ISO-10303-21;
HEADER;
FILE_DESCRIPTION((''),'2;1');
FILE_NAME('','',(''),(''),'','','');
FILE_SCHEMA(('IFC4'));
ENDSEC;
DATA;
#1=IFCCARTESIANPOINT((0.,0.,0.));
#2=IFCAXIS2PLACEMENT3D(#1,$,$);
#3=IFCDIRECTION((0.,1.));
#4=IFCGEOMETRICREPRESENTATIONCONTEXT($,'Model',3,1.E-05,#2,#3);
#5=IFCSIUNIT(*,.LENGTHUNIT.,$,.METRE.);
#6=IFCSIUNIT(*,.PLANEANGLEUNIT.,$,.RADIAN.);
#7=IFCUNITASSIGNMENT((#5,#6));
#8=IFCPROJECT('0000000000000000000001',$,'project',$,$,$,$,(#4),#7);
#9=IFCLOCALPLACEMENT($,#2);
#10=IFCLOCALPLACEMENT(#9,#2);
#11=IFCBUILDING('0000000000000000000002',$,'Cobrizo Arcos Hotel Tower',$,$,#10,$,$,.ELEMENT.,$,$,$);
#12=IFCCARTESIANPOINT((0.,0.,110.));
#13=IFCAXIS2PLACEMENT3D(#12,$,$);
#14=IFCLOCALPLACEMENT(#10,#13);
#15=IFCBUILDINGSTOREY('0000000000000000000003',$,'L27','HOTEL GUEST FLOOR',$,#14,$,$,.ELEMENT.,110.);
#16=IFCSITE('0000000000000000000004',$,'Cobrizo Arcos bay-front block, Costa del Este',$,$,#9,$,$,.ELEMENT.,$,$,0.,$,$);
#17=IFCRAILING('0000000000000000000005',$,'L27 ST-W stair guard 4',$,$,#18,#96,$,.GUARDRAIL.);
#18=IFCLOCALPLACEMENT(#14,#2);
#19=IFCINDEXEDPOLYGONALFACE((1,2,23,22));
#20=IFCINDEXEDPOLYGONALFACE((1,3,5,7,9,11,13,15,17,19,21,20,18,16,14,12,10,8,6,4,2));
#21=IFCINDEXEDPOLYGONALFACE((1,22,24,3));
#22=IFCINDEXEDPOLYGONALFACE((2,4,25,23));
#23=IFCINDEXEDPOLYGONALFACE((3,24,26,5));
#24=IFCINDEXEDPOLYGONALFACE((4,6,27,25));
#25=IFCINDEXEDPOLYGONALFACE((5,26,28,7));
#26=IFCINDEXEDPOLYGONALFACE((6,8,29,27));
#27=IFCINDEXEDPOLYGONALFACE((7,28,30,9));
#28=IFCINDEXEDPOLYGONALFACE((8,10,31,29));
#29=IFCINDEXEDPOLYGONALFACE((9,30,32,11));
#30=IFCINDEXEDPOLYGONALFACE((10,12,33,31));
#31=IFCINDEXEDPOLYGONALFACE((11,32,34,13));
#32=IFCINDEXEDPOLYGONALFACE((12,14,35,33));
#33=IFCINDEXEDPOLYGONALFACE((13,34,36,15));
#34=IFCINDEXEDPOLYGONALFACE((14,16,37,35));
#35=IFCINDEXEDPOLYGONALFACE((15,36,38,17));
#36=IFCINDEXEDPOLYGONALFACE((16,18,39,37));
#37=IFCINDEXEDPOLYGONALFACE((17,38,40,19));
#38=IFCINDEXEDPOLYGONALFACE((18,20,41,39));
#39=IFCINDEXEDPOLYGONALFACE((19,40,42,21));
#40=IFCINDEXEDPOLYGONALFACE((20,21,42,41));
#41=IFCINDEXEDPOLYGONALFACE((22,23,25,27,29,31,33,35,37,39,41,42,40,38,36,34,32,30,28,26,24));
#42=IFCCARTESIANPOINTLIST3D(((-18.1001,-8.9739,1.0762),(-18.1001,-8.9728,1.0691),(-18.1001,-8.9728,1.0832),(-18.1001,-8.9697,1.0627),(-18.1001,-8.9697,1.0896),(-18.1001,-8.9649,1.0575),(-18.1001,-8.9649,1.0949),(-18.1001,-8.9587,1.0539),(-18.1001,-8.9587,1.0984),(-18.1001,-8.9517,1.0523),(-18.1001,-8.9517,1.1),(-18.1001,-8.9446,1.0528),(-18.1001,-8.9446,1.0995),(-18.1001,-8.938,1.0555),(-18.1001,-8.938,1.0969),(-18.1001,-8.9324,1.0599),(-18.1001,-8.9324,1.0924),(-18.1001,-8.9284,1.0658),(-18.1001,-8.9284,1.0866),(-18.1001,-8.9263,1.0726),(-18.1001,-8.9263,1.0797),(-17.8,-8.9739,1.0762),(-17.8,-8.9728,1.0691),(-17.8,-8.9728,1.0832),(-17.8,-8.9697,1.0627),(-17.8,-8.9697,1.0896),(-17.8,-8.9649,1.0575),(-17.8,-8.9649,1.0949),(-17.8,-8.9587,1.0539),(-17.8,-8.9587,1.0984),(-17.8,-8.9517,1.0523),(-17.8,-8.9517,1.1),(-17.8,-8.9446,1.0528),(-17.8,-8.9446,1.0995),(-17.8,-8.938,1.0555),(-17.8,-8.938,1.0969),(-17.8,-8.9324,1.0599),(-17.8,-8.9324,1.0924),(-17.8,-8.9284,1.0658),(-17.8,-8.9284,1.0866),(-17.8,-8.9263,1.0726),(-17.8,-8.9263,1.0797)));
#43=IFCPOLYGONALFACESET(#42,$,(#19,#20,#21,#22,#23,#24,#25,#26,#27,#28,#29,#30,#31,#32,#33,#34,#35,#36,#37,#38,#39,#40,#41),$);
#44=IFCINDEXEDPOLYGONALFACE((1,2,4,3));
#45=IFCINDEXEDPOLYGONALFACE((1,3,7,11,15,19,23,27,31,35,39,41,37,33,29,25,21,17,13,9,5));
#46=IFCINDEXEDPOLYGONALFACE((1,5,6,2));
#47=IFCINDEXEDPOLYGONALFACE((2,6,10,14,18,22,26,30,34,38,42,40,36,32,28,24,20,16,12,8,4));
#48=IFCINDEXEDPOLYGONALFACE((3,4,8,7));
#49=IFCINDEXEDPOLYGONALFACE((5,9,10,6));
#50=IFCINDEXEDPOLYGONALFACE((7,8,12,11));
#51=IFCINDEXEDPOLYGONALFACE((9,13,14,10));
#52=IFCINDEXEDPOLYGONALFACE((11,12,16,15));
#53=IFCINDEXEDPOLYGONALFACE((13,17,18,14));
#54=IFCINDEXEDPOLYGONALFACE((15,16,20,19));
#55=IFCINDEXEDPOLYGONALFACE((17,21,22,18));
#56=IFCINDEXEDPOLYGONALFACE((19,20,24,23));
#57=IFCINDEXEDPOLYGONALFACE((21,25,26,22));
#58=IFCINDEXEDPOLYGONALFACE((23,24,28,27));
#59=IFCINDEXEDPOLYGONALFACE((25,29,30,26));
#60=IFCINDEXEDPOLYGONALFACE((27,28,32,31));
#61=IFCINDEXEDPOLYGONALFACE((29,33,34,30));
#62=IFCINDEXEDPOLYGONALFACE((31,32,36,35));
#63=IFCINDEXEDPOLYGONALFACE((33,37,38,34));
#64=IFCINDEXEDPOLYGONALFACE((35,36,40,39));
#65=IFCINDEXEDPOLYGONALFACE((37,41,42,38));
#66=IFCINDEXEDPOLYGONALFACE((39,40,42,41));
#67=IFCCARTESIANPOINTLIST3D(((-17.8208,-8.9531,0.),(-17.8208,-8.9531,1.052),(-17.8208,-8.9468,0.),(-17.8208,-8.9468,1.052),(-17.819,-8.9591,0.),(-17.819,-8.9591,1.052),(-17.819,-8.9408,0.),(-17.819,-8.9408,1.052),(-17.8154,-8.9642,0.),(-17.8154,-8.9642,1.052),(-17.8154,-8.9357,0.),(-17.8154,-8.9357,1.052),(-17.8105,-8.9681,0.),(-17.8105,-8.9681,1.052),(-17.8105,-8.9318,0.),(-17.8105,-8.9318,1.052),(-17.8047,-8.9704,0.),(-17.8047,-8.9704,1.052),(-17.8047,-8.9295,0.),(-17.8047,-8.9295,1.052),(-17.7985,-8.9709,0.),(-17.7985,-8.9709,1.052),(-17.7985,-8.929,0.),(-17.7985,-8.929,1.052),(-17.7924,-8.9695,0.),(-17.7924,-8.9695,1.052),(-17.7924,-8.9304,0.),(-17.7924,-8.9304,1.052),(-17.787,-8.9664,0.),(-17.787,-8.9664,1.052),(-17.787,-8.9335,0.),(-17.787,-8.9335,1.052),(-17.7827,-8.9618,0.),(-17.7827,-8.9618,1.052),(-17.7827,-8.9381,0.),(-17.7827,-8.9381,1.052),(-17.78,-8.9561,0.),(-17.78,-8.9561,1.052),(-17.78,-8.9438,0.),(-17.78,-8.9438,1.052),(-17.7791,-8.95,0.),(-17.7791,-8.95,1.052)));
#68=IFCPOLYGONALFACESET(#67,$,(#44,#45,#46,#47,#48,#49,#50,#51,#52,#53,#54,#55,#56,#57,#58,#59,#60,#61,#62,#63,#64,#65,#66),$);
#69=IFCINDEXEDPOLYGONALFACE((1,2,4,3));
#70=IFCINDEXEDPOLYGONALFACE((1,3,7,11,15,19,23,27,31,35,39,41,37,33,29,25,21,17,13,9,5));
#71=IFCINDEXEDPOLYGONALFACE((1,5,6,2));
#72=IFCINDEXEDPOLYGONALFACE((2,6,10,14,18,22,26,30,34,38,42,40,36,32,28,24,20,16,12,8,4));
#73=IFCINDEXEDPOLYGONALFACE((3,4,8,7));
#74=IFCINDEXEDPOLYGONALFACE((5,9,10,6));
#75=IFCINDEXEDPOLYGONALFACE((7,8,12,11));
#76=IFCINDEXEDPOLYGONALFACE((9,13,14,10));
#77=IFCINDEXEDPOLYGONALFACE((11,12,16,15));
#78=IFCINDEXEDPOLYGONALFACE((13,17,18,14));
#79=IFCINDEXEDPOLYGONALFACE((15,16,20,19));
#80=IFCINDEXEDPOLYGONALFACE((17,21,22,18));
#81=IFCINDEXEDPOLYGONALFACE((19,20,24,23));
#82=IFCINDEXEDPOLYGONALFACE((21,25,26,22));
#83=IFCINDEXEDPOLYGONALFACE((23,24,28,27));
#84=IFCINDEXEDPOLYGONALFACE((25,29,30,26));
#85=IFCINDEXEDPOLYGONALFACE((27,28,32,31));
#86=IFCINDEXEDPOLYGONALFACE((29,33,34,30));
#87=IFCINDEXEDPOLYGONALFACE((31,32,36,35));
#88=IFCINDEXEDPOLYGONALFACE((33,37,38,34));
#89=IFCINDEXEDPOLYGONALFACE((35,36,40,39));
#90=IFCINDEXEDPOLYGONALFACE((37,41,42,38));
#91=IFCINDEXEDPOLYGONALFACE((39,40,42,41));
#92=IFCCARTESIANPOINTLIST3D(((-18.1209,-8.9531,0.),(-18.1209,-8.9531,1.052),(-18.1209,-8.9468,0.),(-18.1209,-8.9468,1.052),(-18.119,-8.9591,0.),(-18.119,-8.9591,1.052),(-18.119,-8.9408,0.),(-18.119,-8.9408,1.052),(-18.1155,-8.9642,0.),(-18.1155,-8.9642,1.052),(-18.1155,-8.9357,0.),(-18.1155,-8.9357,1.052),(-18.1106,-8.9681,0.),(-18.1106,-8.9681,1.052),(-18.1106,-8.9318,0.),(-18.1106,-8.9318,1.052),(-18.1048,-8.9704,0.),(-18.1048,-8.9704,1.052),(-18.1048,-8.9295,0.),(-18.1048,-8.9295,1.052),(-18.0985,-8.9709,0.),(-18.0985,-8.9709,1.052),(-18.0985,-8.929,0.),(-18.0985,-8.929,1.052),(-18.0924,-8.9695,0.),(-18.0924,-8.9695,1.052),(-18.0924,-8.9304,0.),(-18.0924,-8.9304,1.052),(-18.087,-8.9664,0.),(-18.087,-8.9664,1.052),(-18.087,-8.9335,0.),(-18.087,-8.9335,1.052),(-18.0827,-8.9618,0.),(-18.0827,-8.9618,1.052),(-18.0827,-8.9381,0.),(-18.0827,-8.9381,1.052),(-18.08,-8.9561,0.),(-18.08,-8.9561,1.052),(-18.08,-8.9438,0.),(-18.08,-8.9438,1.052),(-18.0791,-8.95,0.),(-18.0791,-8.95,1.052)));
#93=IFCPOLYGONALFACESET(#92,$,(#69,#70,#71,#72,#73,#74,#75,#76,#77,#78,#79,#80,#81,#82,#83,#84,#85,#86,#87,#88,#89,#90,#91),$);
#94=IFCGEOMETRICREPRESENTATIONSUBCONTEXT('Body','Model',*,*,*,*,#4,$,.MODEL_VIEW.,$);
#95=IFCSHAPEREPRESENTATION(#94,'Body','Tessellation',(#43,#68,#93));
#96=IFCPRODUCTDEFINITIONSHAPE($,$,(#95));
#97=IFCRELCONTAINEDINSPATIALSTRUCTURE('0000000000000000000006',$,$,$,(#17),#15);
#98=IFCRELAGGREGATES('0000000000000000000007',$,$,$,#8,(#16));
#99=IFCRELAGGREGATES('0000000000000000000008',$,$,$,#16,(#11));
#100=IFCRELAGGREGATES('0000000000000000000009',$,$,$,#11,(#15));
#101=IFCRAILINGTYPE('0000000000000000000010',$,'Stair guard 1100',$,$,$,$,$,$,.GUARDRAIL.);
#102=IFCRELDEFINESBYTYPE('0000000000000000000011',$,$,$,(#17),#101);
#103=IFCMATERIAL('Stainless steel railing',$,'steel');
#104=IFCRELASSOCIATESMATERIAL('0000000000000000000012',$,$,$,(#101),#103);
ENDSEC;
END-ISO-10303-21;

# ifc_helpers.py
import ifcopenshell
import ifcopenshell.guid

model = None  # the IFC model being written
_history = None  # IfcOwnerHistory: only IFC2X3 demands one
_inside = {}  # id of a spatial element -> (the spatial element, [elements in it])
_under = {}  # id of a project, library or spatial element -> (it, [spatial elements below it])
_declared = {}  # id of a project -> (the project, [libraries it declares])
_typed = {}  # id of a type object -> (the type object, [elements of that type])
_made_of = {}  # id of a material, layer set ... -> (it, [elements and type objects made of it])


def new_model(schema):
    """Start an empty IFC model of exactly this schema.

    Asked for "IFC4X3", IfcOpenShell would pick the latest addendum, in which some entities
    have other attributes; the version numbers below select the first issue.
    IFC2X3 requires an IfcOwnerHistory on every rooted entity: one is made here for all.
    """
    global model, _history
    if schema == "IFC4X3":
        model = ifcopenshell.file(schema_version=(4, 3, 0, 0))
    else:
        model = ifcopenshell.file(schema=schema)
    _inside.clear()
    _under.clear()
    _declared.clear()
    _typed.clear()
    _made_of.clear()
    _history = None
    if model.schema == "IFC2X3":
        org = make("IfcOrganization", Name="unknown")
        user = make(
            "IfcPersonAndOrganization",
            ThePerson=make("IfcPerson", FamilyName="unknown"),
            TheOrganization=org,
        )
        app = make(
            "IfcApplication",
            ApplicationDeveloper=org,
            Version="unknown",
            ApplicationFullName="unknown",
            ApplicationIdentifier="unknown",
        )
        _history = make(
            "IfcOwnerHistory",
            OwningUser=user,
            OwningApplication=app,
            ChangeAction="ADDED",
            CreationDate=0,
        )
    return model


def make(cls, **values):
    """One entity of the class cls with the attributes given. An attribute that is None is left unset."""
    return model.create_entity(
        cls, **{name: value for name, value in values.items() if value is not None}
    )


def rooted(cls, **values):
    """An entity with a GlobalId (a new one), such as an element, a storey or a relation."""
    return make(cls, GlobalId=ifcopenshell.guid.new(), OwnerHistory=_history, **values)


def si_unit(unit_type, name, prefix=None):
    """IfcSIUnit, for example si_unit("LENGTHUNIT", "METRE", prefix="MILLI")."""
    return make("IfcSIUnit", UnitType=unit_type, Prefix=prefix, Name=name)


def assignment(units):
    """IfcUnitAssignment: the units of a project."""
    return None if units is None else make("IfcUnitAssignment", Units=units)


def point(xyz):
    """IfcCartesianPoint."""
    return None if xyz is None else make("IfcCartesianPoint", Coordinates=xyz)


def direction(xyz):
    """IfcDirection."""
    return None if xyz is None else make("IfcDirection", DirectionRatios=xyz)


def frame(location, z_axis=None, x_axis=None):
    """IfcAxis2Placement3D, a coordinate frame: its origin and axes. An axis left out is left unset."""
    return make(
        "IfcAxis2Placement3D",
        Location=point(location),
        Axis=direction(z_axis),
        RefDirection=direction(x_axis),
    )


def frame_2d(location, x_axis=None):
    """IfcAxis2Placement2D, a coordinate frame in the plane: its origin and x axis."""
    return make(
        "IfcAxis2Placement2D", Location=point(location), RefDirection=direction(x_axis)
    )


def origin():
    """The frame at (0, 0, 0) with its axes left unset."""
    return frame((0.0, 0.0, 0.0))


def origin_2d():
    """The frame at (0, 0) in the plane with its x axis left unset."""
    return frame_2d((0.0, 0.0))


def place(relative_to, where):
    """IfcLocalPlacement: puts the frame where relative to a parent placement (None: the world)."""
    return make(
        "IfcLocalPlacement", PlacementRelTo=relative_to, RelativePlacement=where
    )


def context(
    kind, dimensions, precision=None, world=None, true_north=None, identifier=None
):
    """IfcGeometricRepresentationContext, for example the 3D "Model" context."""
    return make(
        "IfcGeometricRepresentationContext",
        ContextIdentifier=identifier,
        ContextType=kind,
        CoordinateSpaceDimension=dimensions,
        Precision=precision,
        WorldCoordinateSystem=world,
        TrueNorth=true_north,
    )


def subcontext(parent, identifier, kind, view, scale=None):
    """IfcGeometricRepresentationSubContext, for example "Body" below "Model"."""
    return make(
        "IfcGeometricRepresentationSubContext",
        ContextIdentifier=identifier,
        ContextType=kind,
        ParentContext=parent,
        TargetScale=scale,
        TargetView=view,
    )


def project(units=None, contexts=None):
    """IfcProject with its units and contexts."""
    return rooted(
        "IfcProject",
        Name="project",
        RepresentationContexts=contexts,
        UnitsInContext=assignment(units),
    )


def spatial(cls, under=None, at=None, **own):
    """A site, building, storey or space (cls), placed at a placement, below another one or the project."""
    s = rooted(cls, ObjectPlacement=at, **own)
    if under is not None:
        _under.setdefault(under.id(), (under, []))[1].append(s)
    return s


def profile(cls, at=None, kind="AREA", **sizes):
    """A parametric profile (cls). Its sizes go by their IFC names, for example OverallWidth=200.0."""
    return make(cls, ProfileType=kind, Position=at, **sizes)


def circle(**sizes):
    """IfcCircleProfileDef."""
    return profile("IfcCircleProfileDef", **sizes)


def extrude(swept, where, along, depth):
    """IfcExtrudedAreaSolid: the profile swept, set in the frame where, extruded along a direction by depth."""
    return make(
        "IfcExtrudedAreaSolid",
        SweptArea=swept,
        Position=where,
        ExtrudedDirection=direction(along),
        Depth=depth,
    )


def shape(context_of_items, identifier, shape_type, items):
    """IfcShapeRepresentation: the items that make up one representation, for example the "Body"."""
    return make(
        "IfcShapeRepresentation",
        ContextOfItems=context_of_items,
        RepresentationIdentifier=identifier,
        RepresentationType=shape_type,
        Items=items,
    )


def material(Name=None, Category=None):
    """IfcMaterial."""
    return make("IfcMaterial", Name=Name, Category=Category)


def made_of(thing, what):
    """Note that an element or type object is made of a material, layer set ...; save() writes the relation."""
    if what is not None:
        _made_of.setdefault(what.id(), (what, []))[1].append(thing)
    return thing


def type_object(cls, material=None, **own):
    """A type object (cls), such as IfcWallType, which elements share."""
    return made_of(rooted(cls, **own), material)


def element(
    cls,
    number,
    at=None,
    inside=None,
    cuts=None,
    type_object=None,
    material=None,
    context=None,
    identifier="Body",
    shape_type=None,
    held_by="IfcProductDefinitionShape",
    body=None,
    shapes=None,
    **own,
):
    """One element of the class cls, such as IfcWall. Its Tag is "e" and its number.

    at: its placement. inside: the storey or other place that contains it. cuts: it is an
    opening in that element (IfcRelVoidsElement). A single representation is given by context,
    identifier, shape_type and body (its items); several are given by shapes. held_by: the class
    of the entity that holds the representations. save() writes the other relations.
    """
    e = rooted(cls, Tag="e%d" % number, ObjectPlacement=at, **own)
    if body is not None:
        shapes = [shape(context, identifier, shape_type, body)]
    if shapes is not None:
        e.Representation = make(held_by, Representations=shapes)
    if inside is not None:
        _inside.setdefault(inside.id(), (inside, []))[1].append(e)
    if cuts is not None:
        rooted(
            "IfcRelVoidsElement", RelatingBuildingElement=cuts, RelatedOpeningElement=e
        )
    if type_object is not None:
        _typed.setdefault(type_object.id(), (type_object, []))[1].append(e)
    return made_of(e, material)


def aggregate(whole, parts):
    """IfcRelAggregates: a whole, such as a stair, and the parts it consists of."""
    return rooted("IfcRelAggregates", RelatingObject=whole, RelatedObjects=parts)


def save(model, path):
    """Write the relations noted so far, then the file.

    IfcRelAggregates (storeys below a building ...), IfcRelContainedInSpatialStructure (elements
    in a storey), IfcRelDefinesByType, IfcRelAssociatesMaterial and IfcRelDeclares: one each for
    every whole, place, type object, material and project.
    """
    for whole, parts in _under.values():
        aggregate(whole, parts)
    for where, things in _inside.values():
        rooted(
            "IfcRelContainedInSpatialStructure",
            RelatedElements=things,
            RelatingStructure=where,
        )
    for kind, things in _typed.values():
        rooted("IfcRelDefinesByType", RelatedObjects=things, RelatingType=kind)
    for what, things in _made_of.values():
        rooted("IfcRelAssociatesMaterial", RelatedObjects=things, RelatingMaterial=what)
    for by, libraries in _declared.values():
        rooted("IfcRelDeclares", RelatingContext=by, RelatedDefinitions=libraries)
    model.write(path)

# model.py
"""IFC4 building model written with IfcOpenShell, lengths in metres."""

from ifc_helpers import new_model, si_unit, direction, frame, origin, origin_2d, place, context, subcontext, project, spatial, circle, extrude, material, type_object, element, save


model = new_model("IFC4")

# Units and contexts
model_context = context("Model", 3, precision=1e-05, world=origin(), true_north=direction((0.0, 1.0)))
body_context = subcontext(model_context, "Body", "Model", "MODEL_VIEW")
ifc_project = project(units=[si_unit("LENGTHUNIT", "METRE"), si_unit("PLANEANGLEUNIT", "RADIAN")], contexts=[model_context])

# Site, building, storey
site_placement = place(None, origin())
site = spatial("IfcSite", under=ifc_project, at=site_placement, Name="Cobrizo Arcos bay-front block, Costa del Este", CompositionType="ELEMENT", RefElevation=0.0)
building_placement = place(site_placement, origin())
building = spatial("IfcBuilding", under=site, at=building_placement, Name="Cobrizo Arcos Hotel Tower", CompositionType="ELEMENT")
storey_placement = place(building_placement, frame((0.0, 0.0, 110.0)))
storey = spatial("IfcBuildingStorey", under=building, at=storey_placement, Name="L27", Description="HOTEL GUEST FLOOR", CompositionType="ELEMENT", Elevation=110.0)

# Railing
ifc_material_1 = material(Name="Stainless steel railing", Category="steel")
railing_type = type_object("IfcRailingType", Name="Stair guard 1100", PredefinedType="GUARDRAIL", material=ifc_material_1)
railing_1_placement = place(storey_placement, frame((-17.8, -8.95, 0.0)))
element("IfcRailing", 1, at=railing_1_placement, inside=storey, type_object=railing_type, Name="L27 ST-W stair guard 4", PredefinedType="GUARDRAIL", context=body_context, shape_type="SweptSolid", body=[
    extrude(circle(Radius=0.0239, at=origin_2d()), frame((0.0, 0.0, 1.0762), z_axis=(-1.0, 0.0, 0.0), x_axis=(0.0, -1.0, 0.0)), (0.0, 0.0, 1.0), 0.3),
    extrude(circle(Radius=0.021, at=origin_2d()), origin(), (0.0, 0.0, 1.0), 1.052),
    extrude(circle(Radius=0.021, at=origin_2d()), frame((-0.3, 0.0, 0.0)), (0.0, 0.0, 1.0), 1.052),
])

save(model, "model.ifc")
